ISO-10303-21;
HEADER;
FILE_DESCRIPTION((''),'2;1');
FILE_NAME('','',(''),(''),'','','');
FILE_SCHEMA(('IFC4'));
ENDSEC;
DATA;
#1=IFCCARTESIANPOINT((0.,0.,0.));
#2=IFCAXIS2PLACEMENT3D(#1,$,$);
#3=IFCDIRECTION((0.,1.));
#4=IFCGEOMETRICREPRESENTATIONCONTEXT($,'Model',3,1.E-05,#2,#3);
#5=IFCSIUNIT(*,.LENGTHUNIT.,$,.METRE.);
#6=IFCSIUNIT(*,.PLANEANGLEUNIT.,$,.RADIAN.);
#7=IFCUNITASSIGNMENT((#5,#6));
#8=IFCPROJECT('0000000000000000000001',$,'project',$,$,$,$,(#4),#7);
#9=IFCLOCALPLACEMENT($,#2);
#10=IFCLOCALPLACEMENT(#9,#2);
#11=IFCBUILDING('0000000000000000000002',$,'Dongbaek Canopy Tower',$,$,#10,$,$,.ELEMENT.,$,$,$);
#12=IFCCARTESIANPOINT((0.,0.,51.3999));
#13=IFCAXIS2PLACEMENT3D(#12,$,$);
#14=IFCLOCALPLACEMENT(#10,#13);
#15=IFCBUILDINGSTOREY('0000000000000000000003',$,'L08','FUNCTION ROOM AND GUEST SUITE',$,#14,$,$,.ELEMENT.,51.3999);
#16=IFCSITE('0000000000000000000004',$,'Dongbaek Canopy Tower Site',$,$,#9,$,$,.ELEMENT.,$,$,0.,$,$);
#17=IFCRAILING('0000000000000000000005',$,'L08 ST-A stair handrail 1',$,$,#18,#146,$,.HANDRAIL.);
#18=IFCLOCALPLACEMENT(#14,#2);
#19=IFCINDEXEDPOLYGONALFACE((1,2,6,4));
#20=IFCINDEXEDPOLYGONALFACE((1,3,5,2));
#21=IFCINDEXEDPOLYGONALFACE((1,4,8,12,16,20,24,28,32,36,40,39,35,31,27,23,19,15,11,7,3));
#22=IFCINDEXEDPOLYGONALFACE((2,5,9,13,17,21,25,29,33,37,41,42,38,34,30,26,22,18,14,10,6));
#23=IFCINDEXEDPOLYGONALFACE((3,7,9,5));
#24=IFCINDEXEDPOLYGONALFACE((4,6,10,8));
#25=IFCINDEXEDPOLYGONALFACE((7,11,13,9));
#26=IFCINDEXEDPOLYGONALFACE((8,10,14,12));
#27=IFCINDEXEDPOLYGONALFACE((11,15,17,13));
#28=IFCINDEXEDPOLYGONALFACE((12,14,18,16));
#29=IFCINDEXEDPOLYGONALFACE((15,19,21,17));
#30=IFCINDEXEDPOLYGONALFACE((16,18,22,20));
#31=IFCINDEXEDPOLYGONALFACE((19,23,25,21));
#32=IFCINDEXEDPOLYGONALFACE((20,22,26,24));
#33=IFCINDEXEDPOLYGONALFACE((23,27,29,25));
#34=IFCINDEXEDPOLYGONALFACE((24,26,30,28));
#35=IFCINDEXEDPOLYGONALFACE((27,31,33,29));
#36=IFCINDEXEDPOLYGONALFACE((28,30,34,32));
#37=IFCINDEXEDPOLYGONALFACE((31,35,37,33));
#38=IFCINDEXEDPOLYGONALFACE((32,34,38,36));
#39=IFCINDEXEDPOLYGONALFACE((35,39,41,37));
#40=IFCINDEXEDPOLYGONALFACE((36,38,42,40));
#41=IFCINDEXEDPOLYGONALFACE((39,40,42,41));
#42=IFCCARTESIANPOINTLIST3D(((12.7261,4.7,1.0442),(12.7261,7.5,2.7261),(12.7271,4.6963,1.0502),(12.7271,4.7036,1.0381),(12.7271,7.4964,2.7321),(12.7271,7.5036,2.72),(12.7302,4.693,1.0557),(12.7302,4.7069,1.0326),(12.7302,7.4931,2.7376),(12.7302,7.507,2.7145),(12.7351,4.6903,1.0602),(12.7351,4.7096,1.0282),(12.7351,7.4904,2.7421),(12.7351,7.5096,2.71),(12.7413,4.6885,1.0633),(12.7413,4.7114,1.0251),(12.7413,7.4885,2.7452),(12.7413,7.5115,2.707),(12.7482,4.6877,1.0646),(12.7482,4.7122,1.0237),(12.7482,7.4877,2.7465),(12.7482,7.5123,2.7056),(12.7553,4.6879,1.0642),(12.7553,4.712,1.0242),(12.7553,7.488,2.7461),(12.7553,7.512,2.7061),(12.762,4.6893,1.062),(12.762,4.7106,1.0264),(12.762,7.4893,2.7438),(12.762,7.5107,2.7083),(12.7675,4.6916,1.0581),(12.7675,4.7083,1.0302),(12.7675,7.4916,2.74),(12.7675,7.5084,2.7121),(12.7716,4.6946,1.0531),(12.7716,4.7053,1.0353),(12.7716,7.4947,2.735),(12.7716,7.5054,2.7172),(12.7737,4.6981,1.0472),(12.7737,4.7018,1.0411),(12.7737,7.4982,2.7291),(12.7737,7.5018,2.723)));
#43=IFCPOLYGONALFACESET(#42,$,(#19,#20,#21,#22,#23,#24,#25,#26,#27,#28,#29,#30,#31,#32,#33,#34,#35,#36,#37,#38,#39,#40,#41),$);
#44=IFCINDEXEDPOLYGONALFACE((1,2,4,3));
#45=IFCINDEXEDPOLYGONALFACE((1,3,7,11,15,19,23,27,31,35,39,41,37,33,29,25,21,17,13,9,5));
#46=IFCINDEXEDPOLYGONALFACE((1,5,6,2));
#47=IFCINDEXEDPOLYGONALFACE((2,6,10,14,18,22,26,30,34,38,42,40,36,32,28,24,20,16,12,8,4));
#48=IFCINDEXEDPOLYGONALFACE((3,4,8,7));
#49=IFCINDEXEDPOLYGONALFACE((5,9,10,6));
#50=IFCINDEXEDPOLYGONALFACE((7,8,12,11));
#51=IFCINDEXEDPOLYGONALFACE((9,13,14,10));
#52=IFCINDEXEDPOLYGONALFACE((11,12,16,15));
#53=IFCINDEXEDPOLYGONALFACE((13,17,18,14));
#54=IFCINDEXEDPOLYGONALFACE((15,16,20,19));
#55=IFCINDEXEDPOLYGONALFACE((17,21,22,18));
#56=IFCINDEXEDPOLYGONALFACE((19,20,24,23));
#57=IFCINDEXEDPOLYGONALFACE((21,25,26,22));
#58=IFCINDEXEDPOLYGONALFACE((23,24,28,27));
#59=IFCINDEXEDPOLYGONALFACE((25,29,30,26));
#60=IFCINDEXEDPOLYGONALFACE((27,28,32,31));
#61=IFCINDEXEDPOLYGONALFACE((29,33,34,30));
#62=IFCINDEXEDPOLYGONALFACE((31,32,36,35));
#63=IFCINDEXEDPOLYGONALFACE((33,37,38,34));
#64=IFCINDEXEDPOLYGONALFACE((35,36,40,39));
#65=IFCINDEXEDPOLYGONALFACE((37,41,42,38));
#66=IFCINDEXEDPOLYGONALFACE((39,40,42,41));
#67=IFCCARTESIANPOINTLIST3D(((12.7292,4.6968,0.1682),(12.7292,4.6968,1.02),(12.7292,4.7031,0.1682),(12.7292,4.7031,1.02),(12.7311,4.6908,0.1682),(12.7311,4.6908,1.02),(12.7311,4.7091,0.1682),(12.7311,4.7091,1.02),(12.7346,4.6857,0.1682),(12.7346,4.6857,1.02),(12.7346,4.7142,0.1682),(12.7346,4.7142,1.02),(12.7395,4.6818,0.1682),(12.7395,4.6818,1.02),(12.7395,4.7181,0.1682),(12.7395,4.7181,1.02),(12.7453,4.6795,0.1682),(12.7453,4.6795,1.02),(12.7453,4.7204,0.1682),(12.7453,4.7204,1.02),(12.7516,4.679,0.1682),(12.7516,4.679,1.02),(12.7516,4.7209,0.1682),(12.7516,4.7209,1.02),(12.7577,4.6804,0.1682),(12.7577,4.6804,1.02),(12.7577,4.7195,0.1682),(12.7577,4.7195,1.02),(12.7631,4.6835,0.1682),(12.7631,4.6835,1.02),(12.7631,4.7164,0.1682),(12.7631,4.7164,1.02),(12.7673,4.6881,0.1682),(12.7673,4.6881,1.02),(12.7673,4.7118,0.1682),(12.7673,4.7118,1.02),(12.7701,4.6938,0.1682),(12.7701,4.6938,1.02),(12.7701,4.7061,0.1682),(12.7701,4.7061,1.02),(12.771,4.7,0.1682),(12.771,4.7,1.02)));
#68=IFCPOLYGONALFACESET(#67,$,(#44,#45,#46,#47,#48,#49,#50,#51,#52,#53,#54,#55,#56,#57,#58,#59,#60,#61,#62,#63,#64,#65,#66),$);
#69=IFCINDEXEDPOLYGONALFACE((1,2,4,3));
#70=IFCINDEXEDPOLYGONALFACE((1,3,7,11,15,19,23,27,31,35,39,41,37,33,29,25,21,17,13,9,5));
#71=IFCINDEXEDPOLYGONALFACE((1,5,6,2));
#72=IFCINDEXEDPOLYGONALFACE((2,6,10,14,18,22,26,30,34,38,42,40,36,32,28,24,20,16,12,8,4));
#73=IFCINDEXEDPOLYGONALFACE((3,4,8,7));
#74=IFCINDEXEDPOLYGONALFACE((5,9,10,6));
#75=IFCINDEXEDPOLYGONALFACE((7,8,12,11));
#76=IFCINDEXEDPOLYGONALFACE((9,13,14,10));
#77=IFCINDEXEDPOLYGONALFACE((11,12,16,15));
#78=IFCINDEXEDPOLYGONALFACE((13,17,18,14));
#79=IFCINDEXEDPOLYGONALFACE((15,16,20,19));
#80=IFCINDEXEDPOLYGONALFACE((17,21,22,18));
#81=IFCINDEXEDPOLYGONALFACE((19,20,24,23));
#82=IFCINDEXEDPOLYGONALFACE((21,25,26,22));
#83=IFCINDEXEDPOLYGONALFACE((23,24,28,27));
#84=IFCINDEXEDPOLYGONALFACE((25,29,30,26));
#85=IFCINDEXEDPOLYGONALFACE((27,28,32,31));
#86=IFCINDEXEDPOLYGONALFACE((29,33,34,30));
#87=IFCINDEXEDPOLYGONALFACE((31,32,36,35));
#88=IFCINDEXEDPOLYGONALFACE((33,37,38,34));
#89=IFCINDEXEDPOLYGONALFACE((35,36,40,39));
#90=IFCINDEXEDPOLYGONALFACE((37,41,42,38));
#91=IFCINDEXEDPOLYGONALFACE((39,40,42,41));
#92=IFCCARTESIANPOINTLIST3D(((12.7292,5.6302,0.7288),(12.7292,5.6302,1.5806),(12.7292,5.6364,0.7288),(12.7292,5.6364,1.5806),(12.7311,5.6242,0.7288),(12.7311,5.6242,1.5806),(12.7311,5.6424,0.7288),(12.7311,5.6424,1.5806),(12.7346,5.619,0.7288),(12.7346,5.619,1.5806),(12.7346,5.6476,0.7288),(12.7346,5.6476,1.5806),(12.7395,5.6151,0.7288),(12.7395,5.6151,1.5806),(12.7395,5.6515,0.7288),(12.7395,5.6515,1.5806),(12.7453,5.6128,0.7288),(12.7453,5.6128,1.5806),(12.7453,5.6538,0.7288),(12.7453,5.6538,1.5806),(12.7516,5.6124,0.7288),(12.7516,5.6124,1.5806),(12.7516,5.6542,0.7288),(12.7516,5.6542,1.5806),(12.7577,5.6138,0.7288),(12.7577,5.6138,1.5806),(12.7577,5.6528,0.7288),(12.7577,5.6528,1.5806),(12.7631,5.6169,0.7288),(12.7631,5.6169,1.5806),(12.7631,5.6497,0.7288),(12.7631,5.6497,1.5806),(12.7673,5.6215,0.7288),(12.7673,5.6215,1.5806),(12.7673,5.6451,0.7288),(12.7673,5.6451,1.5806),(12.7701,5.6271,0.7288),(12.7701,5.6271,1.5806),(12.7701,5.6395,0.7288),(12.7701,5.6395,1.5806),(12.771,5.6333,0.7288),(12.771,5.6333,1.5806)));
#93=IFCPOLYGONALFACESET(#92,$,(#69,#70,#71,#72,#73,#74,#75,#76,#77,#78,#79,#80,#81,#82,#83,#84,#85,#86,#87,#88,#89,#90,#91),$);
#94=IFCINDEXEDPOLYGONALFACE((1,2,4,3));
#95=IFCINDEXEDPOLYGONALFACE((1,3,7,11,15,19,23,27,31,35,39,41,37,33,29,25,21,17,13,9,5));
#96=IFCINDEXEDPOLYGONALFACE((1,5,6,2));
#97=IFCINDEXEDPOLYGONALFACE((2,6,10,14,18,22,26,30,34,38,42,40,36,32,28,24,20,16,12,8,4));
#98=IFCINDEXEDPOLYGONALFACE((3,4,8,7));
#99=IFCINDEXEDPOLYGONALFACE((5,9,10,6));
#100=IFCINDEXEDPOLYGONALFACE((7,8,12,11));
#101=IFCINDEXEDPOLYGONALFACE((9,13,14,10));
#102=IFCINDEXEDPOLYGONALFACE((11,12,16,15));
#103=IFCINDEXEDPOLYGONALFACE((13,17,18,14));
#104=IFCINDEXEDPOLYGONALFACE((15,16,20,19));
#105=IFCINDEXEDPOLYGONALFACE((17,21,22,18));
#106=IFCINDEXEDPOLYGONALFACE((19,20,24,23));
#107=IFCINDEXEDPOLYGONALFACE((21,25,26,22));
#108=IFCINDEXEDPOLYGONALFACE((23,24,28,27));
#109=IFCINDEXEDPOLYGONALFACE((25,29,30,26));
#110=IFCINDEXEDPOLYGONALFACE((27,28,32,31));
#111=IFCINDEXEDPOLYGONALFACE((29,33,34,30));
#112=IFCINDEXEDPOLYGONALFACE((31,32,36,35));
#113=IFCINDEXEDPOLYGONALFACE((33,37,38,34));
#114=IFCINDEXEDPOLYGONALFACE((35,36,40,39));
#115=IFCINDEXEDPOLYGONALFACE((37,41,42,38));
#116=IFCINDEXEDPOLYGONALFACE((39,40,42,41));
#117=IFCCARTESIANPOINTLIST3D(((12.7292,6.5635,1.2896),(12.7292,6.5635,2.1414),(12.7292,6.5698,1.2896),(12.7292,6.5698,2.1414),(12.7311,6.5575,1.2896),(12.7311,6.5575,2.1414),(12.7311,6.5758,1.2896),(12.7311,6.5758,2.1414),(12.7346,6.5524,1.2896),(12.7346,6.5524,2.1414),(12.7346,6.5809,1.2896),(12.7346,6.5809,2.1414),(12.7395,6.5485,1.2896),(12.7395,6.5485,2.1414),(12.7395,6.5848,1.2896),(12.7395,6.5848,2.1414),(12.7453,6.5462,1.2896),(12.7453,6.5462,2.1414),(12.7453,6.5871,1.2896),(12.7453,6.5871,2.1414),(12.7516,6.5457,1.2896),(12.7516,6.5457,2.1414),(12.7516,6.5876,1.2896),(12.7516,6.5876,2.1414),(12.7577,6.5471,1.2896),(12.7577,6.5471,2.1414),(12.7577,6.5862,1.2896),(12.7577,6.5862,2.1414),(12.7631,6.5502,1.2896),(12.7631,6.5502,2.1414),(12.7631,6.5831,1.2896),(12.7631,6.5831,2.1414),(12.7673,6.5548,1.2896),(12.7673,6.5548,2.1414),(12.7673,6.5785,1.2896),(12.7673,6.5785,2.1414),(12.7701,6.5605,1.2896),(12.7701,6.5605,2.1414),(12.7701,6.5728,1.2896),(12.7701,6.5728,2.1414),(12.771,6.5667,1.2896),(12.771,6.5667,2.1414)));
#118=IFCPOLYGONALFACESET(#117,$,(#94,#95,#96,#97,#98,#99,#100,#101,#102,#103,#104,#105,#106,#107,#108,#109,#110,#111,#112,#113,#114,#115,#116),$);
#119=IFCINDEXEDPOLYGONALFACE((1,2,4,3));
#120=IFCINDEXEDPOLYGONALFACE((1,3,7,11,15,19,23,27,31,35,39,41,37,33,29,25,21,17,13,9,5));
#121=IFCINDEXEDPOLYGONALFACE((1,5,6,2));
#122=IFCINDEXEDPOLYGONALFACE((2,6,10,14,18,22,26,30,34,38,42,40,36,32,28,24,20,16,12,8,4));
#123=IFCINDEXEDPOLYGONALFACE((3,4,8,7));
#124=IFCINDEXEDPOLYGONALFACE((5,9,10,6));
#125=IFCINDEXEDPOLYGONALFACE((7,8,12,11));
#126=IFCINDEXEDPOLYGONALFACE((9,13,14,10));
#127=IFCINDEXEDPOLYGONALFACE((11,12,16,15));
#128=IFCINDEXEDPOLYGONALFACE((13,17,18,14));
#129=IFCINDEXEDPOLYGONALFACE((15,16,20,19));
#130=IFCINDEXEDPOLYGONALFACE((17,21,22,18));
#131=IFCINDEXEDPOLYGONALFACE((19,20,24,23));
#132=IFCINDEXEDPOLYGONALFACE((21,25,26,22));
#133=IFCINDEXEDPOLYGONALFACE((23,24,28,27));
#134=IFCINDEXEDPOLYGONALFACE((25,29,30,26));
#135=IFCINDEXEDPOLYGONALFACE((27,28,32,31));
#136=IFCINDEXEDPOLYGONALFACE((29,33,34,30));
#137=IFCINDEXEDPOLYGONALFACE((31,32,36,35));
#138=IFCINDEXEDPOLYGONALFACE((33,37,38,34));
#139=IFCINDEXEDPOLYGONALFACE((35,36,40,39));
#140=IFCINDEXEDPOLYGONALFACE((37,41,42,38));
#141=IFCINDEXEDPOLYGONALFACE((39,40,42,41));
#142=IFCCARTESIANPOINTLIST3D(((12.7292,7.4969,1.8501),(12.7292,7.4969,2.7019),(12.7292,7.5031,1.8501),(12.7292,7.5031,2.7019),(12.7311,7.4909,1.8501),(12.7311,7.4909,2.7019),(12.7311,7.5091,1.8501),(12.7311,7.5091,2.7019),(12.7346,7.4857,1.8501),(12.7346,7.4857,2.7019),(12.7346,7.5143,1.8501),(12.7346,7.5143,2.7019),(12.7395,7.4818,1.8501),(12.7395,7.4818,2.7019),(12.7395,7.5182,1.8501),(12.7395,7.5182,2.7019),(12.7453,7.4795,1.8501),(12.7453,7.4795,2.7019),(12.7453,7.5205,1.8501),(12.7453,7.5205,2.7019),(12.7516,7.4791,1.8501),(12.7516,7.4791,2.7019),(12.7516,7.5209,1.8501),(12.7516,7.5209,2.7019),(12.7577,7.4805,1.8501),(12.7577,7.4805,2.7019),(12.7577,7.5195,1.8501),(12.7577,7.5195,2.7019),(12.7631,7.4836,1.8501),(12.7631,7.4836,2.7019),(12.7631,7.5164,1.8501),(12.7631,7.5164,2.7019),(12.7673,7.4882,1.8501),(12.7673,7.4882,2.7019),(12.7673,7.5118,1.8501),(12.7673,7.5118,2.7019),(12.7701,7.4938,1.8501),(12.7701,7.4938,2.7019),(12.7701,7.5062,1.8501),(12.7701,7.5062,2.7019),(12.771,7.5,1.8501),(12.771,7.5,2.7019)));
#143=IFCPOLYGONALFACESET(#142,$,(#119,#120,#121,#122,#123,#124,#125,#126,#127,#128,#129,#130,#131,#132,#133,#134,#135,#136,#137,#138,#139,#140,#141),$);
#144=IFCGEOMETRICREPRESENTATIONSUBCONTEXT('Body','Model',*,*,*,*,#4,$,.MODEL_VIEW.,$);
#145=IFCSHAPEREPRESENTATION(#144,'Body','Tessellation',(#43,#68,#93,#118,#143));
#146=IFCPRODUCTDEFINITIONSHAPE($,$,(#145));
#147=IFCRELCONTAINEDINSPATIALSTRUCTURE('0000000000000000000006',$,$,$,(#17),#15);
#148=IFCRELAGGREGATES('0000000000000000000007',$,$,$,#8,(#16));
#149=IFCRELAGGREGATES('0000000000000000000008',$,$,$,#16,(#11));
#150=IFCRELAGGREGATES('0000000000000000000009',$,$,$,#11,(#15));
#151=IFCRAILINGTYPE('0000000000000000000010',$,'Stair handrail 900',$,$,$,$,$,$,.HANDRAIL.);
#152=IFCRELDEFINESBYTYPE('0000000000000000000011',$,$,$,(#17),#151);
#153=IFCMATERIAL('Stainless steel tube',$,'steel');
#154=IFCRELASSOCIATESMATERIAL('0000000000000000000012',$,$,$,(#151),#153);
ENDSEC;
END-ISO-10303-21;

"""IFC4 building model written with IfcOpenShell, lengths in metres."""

from ifc_helpers import new_model, si_unit, direction, frame, origin, origin_2d, place, context, subcontext, project, spatial, circle, extrude, material, type_object, element, save


model = new_model("IFC4")

# Units and contexts
model_context = context("Model", 3, precision=1e-05, world=origin(), true_north=direction((0.0, 1.0)))
body_context = subcontext(model_context, "Body", "Model", "MODEL_VIEW")
ifc_project = project(units=[si_unit("LENGTHUNIT", "METRE"), si_unit("PLANEANGLEUNIT", "RADIAN")], contexts=[model_context])

# Site, building, storey
site_placement = place(None, origin())
site = spatial("IfcSite", under=ifc_project, at=site_placement, Name="Dongbaek Canopy Tower Site", CompositionType="ELEMENT", RefElevation=0.0)
building_placement = place(site_placement, origin())
building = spatial("IfcBuilding", under=site, at=building_placement, Name="Dongbaek Canopy Tower", CompositionType="ELEMENT")
storey_placement = place(building_placement, frame((0.0, 0.0, 51.3999)))
storey = spatial("IfcBuildingStorey", under=building, at=storey_placement, Name="L08", Description="FUNCTION ROOM AND GUEST SUITE", CompositionType="ELEMENT", Elevation=51.3999)

# Railing
ifc_material_1 = material(Name="Stainless steel tube", Category="steel")
railing_type_1 = type_object("IfcRailingType", Name="Stair handrail 900", PredefinedType="HANDRAIL", material=ifc_material_1)
railing_1_placement = place(storey_placement, frame((12.75, 4.7, 0.1682)))
element("IfcRailing", 1, at=railing_1_placement, inside=storey, type_object=railing_type_1, Name="L08 ST-A stair handrail 1", PredefinedType="HANDRAIL", context=body_context, shape_type="SweptSolid", body=[
    extrude(circle(Radius=0.0239, at=origin_2d()), frame((0.0, 0.0, 0.876), z_axis=(0.0, 0.857242, 0.514913), x_axis=(-1.0, 0.0, 0.0)), (0.0, 0.0, 1.0), 3.2664),
    extrude(circle(Radius=0.021, at=origin_2d()), origin(), (0.0, 0.0, 1.0), 0.8518),
    extrude(circle(Radius=0.021, at=origin_2d()), frame((0.0, 0.9333, 0.5605)), (0.0, 0.0, 1.0), 0.8518),
    extrude(circle(Radius=0.021, at=origin_2d()), frame((0.0, 1.8667, 1.1213)), (0.0, 0.0, 1.0), 0.8518),
    extrude(circle(Radius=0.021, at=origin_2d()), frame((0.0, 2.8, 1.6819)), (0.0, 0.0, 1.0), 0.8518),
])

save(model, "model.ifc")
